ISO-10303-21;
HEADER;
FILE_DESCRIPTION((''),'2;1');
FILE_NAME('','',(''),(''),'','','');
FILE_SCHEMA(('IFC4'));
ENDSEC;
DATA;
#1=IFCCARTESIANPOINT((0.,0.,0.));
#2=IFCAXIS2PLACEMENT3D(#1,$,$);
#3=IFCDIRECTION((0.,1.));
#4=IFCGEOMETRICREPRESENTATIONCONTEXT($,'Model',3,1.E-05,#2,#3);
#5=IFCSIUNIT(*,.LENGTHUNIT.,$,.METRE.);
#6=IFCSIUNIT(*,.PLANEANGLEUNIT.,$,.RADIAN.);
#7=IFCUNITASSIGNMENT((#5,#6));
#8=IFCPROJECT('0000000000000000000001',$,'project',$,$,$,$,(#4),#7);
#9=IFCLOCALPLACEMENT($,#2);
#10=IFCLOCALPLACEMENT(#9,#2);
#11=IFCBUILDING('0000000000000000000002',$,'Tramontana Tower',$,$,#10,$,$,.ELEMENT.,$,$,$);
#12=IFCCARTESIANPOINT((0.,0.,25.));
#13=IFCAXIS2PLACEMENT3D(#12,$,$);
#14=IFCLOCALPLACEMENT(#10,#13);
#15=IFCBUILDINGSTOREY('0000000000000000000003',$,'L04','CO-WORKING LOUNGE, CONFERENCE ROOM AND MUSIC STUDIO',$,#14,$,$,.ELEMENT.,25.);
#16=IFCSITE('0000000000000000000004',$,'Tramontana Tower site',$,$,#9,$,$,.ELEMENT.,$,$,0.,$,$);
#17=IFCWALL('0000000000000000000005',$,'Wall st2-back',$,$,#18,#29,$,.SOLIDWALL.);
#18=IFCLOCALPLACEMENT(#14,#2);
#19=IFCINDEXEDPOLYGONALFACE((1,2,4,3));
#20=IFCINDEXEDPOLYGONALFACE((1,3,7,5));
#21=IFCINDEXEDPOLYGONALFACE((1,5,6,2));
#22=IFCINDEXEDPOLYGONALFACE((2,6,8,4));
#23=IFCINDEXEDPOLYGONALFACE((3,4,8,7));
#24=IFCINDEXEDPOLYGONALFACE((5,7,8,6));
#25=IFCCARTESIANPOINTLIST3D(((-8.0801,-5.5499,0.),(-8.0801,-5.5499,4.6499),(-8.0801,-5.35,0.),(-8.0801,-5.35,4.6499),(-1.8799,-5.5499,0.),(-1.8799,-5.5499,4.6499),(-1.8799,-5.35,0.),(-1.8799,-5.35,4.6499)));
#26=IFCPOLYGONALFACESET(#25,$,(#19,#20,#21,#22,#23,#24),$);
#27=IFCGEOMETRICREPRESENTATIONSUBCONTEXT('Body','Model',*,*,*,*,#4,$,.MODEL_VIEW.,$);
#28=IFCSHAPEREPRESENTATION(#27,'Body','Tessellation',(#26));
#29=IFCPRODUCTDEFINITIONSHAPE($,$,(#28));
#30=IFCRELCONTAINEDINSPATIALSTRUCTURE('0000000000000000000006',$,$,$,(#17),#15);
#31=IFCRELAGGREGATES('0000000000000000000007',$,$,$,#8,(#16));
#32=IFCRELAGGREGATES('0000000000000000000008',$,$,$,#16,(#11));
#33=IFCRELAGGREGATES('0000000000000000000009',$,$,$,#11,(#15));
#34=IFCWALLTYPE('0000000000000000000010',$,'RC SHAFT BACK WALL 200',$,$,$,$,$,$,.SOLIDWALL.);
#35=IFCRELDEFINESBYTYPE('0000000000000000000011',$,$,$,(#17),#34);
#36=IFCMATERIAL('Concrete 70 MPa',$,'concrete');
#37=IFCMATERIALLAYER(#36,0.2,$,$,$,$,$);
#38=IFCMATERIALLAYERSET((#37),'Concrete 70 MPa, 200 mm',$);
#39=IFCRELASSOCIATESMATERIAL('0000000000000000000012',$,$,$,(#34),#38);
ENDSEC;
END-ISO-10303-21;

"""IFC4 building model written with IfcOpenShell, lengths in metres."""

from ifc_helpers import new_model, si_unit, direction, frame, frame_2d, origin, place, context, subcontext, project, spatial, rectangle, extrude, material, layer, layer_set, type_object, element, save


model = new_model("IFC4")

# Units and contexts
model_context = context("Model", 3, precision=1e-05, world=origin(), true_north=direction((0.0, 1.0)))
body_context = subcontext(model_context, "Body", "Model", "MODEL_VIEW")
ifc_project = project(units=[si_unit("LENGTHUNIT", "METRE"), si_unit("PLANEANGLEUNIT", "RADIAN")], contexts=[model_context])

# Site, building, storey
site_placement = place(None, origin())
site = spatial("IfcSite", under=ifc_project, at=site_placement, Name="Tramontana Tower site", CompositionType="ELEMENT", RefElevation=0.0)
building_placement = place(site_placement, origin())
building = spatial("IfcBuilding", under=site, at=building_placement, Name="Tramontana Tower", CompositionType="ELEMENT")
storey_placement = place(building_placement, frame((0.0, 0.0, 25.0)))
storey = spatial("IfcBuildingStorey", under=building, at=storey_placement, Name="L04", Description="CO-WORKING LOUNGE, CONFERENCE ROOM AND MUSIC STUDIO", CompositionType="ELEMENT", Elevation=25.0)

# Wall
ifc_material_1 = material(Name="Concrete 70 MPa", Category="concrete")
ifc_layer_1 = layer(ifc_material_1, 0.2)
ifc_layer_set_1 = layer_set([ifc_layer_1], Name="Concrete 70 MPa, 200 mm")
wall_type_1 = type_object("IfcWallType", Name="RC SHAFT BACK WALL 200", PredefinedType="SOLIDWALL", material=ifc_layer_set_1)
wall_1_placement = place(storey_placement, frame((-8.0801, -5.45, 0.0), z_axis=(0.0, 0.0, 1.0), x_axis=(1.0, 0.0, 0.0)))
element("IfcWall", 1, at=wall_1_placement, inside=storey, type_object=wall_type_1, Name="Wall st2-back", PredefinedType="SOLIDWALL", context=body_context, shape_type="SweptSolid", body=[
    extrude(rectangle(XDim=6.2002, YDim=0.2, at=frame_2d((3.1001, 0.0))), origin(), (0.0, 0.0, 1.0), 4.6499),
])

save(model, "model.ifc")
